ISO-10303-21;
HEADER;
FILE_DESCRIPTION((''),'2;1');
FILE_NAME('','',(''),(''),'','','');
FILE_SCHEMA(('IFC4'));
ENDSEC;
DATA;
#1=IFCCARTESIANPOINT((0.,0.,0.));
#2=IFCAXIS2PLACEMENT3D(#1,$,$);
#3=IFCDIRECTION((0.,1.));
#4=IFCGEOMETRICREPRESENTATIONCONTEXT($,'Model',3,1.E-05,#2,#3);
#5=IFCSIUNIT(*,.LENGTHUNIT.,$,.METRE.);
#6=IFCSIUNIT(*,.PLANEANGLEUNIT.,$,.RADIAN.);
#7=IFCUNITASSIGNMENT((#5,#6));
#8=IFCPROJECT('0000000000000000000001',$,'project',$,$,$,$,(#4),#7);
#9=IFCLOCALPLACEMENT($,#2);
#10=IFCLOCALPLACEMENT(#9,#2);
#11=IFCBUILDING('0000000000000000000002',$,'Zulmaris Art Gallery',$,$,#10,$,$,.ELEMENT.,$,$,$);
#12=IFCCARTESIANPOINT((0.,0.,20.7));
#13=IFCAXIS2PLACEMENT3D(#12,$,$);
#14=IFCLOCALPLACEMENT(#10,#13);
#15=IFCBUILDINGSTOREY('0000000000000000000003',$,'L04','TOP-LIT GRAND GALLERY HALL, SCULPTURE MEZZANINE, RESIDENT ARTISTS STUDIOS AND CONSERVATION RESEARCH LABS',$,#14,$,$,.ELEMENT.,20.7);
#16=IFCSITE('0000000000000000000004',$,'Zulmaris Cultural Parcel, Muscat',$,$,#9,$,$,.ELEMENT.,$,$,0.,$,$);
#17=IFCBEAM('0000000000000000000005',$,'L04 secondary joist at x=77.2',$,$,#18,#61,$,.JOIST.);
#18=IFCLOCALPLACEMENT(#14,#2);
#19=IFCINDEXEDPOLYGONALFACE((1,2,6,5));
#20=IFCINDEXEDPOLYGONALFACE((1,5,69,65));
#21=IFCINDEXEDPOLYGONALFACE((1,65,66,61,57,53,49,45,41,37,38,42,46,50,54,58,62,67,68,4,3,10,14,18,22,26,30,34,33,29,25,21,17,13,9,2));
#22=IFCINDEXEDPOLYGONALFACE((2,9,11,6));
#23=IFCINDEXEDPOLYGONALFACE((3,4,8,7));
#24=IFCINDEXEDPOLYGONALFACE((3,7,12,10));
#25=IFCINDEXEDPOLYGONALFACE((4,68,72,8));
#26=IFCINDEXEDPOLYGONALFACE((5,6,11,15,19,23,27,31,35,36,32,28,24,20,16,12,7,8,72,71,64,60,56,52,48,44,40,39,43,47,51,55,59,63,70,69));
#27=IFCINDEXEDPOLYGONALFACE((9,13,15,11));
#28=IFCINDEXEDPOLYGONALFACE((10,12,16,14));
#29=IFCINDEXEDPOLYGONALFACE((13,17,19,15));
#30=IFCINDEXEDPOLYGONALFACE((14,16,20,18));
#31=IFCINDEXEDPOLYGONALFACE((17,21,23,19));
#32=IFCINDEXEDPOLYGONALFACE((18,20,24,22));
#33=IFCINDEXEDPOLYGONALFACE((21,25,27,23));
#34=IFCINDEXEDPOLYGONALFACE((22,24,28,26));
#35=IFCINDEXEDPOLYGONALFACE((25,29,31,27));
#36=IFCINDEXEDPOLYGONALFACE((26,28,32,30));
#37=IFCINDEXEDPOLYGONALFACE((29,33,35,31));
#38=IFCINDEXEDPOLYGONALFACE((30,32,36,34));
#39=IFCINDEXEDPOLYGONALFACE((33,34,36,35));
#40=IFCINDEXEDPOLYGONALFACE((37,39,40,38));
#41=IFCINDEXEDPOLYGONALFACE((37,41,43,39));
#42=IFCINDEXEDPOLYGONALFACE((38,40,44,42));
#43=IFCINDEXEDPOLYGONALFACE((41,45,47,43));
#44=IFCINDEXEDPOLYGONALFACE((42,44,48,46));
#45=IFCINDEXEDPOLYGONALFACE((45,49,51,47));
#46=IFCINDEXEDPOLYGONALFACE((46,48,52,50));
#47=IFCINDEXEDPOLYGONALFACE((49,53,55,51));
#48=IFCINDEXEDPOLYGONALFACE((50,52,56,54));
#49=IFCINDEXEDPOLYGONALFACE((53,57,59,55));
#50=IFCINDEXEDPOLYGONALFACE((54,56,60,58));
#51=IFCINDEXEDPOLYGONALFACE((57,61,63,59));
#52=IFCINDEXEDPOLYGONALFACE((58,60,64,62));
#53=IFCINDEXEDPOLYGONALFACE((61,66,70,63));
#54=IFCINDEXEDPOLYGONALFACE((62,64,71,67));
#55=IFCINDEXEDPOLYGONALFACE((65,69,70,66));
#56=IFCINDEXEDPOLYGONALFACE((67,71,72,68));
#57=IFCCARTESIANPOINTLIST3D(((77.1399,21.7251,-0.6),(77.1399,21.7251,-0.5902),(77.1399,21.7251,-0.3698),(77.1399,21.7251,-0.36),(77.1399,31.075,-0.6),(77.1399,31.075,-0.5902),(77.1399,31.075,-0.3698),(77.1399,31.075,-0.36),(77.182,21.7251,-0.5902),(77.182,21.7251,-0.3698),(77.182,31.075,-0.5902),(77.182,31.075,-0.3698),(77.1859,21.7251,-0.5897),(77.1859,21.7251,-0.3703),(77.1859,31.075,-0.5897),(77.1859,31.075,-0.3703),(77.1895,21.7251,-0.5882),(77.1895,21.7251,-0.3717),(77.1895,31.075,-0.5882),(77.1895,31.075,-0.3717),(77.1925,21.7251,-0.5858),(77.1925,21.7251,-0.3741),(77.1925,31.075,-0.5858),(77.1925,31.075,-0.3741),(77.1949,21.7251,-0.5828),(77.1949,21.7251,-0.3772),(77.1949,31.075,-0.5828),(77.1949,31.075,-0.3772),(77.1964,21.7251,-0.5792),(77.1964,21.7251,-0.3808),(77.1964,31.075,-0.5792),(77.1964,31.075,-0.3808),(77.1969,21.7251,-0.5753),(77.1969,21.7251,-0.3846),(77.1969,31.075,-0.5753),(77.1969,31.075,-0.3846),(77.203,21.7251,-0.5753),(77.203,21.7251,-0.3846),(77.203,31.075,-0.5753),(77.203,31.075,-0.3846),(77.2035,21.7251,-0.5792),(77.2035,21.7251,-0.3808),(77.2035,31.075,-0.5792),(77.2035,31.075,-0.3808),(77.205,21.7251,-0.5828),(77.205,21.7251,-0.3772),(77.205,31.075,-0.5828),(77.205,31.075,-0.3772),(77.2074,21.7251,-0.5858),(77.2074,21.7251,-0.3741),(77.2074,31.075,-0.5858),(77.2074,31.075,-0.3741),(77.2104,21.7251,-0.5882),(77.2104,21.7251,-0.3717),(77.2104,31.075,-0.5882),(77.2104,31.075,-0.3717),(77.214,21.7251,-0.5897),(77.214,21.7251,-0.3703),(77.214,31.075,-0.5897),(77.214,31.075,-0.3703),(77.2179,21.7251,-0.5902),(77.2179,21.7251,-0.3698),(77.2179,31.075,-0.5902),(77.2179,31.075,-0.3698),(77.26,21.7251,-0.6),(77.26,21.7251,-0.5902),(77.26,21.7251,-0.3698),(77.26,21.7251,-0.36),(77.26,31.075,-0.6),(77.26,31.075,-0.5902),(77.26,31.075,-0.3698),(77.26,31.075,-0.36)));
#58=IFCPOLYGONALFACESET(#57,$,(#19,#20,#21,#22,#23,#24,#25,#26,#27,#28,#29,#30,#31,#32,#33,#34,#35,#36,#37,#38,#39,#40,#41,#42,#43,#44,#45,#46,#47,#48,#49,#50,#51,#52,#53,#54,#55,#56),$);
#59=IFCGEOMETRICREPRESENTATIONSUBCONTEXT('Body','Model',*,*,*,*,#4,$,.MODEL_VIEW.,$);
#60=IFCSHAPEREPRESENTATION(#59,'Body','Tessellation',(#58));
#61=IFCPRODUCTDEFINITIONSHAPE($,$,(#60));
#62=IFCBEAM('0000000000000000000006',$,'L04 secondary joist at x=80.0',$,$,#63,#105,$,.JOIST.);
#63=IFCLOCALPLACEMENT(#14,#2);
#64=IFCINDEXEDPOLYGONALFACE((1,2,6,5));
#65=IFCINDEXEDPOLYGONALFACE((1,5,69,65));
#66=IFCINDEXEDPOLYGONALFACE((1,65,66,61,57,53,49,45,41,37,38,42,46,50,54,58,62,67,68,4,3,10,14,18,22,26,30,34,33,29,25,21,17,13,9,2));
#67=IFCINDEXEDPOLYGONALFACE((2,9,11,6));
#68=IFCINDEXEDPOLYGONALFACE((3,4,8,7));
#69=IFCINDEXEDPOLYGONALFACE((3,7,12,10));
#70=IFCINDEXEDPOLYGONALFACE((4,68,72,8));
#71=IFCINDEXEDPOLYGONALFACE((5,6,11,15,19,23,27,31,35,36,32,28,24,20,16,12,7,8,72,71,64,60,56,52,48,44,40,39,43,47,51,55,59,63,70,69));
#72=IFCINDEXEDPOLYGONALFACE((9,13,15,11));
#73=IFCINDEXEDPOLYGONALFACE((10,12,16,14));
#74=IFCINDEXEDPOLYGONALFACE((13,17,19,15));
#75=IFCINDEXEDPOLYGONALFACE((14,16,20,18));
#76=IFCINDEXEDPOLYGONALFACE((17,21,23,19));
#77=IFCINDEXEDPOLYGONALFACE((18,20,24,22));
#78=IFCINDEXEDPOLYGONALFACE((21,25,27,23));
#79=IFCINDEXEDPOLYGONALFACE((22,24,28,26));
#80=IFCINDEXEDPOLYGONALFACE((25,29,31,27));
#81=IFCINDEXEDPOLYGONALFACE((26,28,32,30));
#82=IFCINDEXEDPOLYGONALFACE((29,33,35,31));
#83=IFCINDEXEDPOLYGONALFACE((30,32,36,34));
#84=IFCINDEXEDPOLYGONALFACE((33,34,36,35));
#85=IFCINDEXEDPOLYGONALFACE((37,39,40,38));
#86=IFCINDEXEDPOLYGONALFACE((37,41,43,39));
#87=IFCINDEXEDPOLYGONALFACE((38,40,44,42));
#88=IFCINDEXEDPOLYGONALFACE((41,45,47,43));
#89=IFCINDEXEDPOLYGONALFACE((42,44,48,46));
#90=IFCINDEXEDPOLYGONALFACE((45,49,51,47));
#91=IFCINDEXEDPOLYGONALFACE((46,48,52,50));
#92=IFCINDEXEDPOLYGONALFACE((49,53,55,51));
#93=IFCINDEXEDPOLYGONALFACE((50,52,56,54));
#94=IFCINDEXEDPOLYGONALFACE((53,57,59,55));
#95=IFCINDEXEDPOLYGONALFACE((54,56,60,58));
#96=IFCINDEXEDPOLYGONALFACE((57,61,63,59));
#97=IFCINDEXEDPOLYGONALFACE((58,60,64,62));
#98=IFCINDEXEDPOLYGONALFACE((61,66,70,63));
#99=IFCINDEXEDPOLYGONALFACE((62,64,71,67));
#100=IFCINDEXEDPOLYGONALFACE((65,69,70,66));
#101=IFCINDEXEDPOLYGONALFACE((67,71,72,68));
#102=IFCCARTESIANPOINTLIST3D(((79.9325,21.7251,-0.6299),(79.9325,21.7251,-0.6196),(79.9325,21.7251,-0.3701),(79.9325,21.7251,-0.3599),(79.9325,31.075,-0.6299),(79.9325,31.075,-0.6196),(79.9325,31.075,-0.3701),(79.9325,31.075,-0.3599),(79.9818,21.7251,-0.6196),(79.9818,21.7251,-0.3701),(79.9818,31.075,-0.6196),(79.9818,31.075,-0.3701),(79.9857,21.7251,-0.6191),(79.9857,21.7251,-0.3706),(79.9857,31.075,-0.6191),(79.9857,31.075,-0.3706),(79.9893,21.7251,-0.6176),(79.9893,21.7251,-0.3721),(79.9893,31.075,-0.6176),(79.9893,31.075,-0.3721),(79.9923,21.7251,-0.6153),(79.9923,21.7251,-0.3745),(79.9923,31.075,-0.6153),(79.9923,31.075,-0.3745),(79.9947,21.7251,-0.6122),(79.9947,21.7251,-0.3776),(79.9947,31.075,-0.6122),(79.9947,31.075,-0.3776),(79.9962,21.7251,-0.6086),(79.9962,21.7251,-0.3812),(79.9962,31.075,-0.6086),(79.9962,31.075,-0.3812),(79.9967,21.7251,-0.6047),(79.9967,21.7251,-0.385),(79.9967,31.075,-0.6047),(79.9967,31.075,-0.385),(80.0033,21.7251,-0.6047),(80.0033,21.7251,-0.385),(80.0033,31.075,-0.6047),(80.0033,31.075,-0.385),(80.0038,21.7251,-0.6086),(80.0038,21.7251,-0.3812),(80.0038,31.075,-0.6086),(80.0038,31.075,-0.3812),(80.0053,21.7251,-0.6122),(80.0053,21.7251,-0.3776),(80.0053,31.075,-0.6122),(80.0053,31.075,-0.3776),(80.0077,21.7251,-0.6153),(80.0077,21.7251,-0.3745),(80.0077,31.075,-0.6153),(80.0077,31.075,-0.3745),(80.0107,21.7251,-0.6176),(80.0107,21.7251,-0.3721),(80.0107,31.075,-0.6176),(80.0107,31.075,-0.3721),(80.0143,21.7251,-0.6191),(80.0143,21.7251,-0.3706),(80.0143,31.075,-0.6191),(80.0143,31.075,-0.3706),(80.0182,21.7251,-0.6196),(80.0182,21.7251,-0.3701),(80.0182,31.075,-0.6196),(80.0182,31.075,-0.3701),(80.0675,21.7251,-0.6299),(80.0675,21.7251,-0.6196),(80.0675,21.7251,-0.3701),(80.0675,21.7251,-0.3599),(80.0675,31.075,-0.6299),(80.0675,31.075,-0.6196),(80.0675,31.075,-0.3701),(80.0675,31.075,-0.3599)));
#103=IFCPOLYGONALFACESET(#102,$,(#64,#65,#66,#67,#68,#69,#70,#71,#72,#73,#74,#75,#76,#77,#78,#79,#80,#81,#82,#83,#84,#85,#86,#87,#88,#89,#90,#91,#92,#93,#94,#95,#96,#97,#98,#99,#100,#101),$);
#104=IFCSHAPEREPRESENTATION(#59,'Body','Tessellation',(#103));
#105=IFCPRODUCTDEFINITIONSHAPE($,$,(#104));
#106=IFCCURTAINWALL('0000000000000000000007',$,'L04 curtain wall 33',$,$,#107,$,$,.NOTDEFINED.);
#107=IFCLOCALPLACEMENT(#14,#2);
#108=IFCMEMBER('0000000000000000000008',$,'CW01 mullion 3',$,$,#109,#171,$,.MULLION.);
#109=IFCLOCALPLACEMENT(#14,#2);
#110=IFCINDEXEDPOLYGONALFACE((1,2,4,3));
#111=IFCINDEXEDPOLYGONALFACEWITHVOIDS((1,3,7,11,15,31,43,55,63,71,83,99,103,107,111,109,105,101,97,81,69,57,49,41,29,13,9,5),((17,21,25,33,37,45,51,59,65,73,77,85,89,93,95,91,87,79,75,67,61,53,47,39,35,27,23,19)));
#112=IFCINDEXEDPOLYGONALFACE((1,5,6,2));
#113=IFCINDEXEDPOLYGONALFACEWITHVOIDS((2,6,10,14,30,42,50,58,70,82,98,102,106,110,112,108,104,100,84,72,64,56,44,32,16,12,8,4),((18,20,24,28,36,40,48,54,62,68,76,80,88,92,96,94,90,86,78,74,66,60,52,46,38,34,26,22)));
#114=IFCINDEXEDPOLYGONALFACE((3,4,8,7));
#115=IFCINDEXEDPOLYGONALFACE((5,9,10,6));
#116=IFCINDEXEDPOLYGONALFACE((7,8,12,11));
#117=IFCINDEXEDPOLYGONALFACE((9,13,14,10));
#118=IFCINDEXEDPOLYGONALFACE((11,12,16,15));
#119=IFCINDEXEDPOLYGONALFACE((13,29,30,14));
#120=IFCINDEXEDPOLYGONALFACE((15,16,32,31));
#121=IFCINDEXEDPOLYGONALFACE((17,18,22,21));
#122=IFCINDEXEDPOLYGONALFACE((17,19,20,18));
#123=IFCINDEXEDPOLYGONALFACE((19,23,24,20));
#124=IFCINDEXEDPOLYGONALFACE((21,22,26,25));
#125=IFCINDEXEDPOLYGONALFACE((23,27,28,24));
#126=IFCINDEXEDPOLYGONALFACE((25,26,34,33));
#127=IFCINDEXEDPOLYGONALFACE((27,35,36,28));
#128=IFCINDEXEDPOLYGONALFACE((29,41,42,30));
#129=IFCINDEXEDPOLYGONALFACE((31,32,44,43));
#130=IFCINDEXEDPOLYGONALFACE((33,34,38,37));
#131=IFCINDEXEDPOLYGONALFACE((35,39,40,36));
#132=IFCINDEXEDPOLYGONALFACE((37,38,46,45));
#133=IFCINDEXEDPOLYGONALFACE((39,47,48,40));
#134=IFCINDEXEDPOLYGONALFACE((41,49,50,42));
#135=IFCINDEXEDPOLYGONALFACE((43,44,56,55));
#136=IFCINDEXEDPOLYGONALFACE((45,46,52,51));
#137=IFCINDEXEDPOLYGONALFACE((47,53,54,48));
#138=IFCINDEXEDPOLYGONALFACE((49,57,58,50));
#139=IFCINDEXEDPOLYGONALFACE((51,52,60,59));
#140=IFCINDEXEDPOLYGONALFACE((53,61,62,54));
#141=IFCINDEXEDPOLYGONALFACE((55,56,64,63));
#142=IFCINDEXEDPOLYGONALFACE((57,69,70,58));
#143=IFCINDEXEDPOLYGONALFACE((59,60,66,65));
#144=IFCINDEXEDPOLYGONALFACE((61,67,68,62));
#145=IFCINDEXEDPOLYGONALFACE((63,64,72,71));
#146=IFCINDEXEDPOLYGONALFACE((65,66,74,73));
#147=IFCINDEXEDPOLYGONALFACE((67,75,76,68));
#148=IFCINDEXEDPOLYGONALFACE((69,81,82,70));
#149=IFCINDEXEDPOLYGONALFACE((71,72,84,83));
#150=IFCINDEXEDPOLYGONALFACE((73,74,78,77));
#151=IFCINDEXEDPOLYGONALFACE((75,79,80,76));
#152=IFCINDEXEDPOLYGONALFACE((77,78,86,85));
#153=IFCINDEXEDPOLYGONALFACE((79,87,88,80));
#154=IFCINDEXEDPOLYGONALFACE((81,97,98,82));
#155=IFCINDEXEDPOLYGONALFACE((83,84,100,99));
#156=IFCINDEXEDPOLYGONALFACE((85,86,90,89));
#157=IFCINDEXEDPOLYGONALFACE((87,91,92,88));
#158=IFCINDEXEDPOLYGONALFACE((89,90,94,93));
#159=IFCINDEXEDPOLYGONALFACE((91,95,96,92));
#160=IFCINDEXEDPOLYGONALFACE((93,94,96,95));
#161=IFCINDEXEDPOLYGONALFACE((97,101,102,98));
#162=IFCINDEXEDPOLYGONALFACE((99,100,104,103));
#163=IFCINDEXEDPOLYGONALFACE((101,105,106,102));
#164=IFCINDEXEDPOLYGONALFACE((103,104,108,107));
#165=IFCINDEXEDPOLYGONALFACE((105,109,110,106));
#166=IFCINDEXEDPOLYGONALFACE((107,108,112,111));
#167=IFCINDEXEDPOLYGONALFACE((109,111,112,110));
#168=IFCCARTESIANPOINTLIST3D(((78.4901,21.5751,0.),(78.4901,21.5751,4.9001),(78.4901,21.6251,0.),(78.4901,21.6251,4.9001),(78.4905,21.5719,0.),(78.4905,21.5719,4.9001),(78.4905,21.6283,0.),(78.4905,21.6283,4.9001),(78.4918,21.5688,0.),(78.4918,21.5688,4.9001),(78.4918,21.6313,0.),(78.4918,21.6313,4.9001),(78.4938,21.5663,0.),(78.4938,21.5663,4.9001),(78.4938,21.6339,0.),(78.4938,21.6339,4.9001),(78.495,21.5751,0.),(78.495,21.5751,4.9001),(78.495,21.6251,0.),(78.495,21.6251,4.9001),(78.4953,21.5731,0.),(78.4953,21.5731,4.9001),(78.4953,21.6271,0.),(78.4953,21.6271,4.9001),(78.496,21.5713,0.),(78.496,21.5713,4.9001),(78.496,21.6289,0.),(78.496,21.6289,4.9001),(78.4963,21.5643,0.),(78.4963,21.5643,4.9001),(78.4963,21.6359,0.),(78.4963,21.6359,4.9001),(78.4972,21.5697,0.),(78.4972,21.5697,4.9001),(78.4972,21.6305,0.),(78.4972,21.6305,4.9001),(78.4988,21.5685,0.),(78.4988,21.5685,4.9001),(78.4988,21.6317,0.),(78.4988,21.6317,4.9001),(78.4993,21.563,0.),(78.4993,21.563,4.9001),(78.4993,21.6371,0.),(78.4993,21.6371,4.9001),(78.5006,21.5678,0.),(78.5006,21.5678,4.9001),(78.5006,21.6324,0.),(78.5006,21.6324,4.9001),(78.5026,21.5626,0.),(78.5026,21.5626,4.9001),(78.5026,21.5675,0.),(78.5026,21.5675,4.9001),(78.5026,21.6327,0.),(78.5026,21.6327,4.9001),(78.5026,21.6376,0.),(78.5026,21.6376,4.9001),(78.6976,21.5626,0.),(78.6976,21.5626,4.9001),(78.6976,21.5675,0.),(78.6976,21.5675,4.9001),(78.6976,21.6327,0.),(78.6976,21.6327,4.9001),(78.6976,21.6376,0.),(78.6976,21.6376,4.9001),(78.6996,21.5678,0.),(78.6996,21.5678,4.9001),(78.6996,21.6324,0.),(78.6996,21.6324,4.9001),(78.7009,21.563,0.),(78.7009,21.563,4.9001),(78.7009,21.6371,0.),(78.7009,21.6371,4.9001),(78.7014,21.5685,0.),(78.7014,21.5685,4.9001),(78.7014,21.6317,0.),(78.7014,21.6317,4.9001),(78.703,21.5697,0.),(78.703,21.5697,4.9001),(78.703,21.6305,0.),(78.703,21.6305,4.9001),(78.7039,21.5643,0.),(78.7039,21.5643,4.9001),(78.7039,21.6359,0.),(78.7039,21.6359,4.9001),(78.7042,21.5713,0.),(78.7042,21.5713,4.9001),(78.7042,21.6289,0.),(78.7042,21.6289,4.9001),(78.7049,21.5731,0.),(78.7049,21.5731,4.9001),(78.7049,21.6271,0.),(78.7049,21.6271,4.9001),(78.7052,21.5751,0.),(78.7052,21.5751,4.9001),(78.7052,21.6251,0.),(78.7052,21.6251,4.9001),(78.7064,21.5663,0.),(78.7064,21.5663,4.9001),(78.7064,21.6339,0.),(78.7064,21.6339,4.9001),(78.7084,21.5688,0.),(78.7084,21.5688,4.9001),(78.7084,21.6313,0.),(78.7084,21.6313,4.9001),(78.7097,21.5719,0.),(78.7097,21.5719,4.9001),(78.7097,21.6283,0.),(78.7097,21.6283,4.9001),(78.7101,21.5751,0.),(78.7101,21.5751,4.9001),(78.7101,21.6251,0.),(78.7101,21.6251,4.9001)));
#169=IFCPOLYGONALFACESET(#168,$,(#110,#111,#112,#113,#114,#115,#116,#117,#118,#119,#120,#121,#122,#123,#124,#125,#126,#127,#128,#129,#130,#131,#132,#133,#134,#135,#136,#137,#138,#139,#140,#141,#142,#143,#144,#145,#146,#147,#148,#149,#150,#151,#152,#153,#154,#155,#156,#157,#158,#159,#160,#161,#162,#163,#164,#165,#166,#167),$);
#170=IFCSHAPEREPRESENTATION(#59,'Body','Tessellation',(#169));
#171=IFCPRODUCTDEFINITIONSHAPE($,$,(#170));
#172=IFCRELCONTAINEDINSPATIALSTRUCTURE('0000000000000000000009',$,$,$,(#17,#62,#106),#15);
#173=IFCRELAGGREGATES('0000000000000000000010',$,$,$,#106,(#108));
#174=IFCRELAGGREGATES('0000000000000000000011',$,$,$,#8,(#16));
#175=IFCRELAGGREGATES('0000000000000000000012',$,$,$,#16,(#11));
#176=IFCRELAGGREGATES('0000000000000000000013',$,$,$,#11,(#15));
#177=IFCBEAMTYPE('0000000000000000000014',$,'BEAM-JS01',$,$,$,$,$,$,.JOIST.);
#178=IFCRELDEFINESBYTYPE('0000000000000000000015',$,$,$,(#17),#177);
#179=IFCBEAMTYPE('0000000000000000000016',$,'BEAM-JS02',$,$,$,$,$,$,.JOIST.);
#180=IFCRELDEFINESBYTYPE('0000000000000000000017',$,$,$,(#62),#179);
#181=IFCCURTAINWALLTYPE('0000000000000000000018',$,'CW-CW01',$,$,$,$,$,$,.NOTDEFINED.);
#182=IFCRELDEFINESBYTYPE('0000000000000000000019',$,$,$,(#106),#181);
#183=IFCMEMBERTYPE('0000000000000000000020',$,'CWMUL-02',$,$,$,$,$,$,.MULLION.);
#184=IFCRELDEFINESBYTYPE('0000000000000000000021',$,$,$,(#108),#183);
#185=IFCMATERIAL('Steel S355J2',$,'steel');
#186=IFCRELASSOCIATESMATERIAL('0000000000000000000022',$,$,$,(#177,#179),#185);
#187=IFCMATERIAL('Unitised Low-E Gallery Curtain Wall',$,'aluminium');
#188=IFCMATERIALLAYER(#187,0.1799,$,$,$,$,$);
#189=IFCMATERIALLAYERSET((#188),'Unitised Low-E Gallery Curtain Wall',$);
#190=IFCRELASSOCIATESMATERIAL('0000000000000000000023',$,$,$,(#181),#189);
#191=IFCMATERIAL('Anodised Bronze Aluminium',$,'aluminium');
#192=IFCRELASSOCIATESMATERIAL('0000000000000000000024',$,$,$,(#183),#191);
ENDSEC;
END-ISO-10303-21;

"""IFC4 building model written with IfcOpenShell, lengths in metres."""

from ifc_helpers import new_model, si_unit, direction, frame, origin, origin_2d, place, context, subcontext, project, spatial, hollow_rectangle, i_section, extrude, material, layer, layer_set, material_profile, profile_set, type_object, element, aggregate, save


model = new_model("IFC4")

# Units and contexts
model_context = context("Model", 3, precision=1e-05, world=origin(), true_north=direction((0.0, 1.0)))
body_context = subcontext(model_context, "Body", "Model", "MODEL_VIEW")
ifc_project = project(units=[si_unit("LENGTHUNIT", "METRE"), si_unit("PLANEANGLEUNIT", "RADIAN")], contexts=[model_context])

# Site, building, storey
site_placement = place(None, origin())
site = spatial("IfcSite", under=ifc_project, at=site_placement, Name="Zulmaris Cultural Parcel, Muscat", CompositionType="ELEMENT", RefElevation=0.0)
building_placement = place(site_placement, origin())
building = spatial("IfcBuilding", under=site, at=building_placement, Name="Zulmaris Art Gallery", CompositionType="ELEMENT")
storey_placement = place(building_placement, frame((0.0, 0.0, 20.7)))
storey = spatial("IfcBuildingStorey", under=building, at=storey_placement, Name="L04", Description="TOP-LIT GRAND GALLERY HALL, SCULPTURE MEZZANINE, RESIDENT ARTISTS STUDIOS AND CONSERVATION RESEARCH LABS", CompositionType="ELEMENT", Elevation=20.7)

# Beams
ifc_material_1 = material(Name="Steel S355J2", Category="steel")
ifc_material_profile_1 = material_profile(ifc_material_1, i_section(OverallWidth=0.1201, OverallDepth=0.24, WebThickness=0.0061, FlangeThickness=0.0098, FilletRadius=0.0149, at=origin_2d()), Name="IPE 240")
ifc_profile_set_1 = profile_set([ifc_material_profile_1], Name="Steel S355J2")
beam_type_1 = type_object("IfcBeamType", Name="BEAM-JS01", PredefinedType="JOIST", material=ifc_profile_set_1)
beam_1_placement = place(storey_placement, frame((77.2, 21.7251, -0.48), z_axis=(0.0, 1.0, 0.0), x_axis=(-1.0, 0.0, 0.0)))
element("IfcBeam", 1, at=beam_1_placement, inside=storey, type_object=beam_type_1, Name="L04 secondary joist at x=77.2", PredefinedType="JOIST", context=body_context, shape_type="SweptSolid", body=[
    extrude(i_section(OverallWidth=0.1201, OverallDepth=0.24, WebThickness=0.0061, FlangeThickness=0.0098, FilletRadius=0.0149, at=origin_2d()), origin(), (0.0, 0.0, 1.0), 9.3499),
])
ifc_material_profile_2 = material_profile(ifc_material_1, i_section(OverallWidth=0.135, OverallDepth=0.27, WebThickness=0.0066, FlangeThickness=0.0103, FilletRadius=0.0149, at=origin_2d()), Name="IPE 270")
ifc_profile_set_2 = profile_set([ifc_material_profile_2], Name="Steel S355J2")
beam_type_2 = type_object("IfcBeamType", Name="BEAM-JS02", PredefinedType="JOIST", material=ifc_profile_set_2)
beam_2_placement = place(storey_placement, frame((80.0, 21.7251, -0.4949), z_axis=(0.0, 1.0, 0.0), x_axis=(-1.0, 0.0, 0.0)))
element("IfcBeam", 2, at=beam_2_placement, inside=storey, type_object=beam_type_2, Name="L04 secondary joist at x=80.0", PredefinedType="JOIST", context=body_context, shape_type="SweptSolid", body=[
    extrude(i_section(OverallWidth=0.135, OverallDepth=0.27, WebThickness=0.0066, FlangeThickness=0.0103, FilletRadius=0.0149, at=origin_2d()), origin(), (0.0, 0.0, 1.0), 9.3499),
])

# Curtain wall, member
ifc_material_2 = material(Name="Unitised Low-E Gallery Curtain Wall", Category="aluminium")
ifc_layer_1 = layer(ifc_material_2, 0.1799)
ifc_layer_set_1 = layer_set([ifc_layer_1], Name="Unitised Low-E Gallery Curtain Wall")
curtain_wall_type_1 = type_object("IfcCurtainWallType", Name="CW-CW01", PredefinedType="NOTDEFINED", material=ifc_layer_set_1)
curtain_wall_1_placement = place(storey_placement, origin())
curtain_wall_1 = element("IfcCurtainWall", 3, at=curtain_wall_1_placement, inside=storey, type_object=curtain_wall_type_1, Name="L04 curtain wall 33", PredefinedType="NOTDEFINED")
ifc_material_3 = material(Name="Anodised Bronze Aluminium", Category="aluminium")
ifc_material_profile_3 = material_profile(ifc_material_3, hollow_rectangle(XDim=0.075, YDim=0.22, WallThickness=0.0049, InnerFilletRadius=0.0076, OuterFilletRadius=0.0125, at=origin_2d()), Name="ALU 75x220x5")
ifc_profile_set_3 = profile_set([ifc_material_profile_3], Name="Anodised Bronze Aluminium")
member_type_1 = type_object("IfcMemberType", Name="CWMUL-02", PredefinedType="MULLION", material=ifc_profile_set_3)
member_1_placement = place(storey_placement, frame((78.6001, 21.6001, 0.0), z_axis=(0.0, 0.0, 1.0), x_axis=(0.0, 1.0, 0.0)))
member_1 = element("IfcMember", 4, at=member_1_placement, type_object=member_type_1, Name="CW01 mullion 3", PredefinedType="MULLION", context=body_context, shape_type="SweptSolid", body=[
    extrude(hollow_rectangle(XDim=0.075, YDim=0.22, WallThickness=0.0049, InnerFilletRadius=0.0076, OuterFilletRadius=0.0125, at=origin_2d()), origin(), (0.0, 0.0, 1.0), 4.9001),
])

aggregate(curtain_wall_1, [member_1])

save(model, "model.ifc")
